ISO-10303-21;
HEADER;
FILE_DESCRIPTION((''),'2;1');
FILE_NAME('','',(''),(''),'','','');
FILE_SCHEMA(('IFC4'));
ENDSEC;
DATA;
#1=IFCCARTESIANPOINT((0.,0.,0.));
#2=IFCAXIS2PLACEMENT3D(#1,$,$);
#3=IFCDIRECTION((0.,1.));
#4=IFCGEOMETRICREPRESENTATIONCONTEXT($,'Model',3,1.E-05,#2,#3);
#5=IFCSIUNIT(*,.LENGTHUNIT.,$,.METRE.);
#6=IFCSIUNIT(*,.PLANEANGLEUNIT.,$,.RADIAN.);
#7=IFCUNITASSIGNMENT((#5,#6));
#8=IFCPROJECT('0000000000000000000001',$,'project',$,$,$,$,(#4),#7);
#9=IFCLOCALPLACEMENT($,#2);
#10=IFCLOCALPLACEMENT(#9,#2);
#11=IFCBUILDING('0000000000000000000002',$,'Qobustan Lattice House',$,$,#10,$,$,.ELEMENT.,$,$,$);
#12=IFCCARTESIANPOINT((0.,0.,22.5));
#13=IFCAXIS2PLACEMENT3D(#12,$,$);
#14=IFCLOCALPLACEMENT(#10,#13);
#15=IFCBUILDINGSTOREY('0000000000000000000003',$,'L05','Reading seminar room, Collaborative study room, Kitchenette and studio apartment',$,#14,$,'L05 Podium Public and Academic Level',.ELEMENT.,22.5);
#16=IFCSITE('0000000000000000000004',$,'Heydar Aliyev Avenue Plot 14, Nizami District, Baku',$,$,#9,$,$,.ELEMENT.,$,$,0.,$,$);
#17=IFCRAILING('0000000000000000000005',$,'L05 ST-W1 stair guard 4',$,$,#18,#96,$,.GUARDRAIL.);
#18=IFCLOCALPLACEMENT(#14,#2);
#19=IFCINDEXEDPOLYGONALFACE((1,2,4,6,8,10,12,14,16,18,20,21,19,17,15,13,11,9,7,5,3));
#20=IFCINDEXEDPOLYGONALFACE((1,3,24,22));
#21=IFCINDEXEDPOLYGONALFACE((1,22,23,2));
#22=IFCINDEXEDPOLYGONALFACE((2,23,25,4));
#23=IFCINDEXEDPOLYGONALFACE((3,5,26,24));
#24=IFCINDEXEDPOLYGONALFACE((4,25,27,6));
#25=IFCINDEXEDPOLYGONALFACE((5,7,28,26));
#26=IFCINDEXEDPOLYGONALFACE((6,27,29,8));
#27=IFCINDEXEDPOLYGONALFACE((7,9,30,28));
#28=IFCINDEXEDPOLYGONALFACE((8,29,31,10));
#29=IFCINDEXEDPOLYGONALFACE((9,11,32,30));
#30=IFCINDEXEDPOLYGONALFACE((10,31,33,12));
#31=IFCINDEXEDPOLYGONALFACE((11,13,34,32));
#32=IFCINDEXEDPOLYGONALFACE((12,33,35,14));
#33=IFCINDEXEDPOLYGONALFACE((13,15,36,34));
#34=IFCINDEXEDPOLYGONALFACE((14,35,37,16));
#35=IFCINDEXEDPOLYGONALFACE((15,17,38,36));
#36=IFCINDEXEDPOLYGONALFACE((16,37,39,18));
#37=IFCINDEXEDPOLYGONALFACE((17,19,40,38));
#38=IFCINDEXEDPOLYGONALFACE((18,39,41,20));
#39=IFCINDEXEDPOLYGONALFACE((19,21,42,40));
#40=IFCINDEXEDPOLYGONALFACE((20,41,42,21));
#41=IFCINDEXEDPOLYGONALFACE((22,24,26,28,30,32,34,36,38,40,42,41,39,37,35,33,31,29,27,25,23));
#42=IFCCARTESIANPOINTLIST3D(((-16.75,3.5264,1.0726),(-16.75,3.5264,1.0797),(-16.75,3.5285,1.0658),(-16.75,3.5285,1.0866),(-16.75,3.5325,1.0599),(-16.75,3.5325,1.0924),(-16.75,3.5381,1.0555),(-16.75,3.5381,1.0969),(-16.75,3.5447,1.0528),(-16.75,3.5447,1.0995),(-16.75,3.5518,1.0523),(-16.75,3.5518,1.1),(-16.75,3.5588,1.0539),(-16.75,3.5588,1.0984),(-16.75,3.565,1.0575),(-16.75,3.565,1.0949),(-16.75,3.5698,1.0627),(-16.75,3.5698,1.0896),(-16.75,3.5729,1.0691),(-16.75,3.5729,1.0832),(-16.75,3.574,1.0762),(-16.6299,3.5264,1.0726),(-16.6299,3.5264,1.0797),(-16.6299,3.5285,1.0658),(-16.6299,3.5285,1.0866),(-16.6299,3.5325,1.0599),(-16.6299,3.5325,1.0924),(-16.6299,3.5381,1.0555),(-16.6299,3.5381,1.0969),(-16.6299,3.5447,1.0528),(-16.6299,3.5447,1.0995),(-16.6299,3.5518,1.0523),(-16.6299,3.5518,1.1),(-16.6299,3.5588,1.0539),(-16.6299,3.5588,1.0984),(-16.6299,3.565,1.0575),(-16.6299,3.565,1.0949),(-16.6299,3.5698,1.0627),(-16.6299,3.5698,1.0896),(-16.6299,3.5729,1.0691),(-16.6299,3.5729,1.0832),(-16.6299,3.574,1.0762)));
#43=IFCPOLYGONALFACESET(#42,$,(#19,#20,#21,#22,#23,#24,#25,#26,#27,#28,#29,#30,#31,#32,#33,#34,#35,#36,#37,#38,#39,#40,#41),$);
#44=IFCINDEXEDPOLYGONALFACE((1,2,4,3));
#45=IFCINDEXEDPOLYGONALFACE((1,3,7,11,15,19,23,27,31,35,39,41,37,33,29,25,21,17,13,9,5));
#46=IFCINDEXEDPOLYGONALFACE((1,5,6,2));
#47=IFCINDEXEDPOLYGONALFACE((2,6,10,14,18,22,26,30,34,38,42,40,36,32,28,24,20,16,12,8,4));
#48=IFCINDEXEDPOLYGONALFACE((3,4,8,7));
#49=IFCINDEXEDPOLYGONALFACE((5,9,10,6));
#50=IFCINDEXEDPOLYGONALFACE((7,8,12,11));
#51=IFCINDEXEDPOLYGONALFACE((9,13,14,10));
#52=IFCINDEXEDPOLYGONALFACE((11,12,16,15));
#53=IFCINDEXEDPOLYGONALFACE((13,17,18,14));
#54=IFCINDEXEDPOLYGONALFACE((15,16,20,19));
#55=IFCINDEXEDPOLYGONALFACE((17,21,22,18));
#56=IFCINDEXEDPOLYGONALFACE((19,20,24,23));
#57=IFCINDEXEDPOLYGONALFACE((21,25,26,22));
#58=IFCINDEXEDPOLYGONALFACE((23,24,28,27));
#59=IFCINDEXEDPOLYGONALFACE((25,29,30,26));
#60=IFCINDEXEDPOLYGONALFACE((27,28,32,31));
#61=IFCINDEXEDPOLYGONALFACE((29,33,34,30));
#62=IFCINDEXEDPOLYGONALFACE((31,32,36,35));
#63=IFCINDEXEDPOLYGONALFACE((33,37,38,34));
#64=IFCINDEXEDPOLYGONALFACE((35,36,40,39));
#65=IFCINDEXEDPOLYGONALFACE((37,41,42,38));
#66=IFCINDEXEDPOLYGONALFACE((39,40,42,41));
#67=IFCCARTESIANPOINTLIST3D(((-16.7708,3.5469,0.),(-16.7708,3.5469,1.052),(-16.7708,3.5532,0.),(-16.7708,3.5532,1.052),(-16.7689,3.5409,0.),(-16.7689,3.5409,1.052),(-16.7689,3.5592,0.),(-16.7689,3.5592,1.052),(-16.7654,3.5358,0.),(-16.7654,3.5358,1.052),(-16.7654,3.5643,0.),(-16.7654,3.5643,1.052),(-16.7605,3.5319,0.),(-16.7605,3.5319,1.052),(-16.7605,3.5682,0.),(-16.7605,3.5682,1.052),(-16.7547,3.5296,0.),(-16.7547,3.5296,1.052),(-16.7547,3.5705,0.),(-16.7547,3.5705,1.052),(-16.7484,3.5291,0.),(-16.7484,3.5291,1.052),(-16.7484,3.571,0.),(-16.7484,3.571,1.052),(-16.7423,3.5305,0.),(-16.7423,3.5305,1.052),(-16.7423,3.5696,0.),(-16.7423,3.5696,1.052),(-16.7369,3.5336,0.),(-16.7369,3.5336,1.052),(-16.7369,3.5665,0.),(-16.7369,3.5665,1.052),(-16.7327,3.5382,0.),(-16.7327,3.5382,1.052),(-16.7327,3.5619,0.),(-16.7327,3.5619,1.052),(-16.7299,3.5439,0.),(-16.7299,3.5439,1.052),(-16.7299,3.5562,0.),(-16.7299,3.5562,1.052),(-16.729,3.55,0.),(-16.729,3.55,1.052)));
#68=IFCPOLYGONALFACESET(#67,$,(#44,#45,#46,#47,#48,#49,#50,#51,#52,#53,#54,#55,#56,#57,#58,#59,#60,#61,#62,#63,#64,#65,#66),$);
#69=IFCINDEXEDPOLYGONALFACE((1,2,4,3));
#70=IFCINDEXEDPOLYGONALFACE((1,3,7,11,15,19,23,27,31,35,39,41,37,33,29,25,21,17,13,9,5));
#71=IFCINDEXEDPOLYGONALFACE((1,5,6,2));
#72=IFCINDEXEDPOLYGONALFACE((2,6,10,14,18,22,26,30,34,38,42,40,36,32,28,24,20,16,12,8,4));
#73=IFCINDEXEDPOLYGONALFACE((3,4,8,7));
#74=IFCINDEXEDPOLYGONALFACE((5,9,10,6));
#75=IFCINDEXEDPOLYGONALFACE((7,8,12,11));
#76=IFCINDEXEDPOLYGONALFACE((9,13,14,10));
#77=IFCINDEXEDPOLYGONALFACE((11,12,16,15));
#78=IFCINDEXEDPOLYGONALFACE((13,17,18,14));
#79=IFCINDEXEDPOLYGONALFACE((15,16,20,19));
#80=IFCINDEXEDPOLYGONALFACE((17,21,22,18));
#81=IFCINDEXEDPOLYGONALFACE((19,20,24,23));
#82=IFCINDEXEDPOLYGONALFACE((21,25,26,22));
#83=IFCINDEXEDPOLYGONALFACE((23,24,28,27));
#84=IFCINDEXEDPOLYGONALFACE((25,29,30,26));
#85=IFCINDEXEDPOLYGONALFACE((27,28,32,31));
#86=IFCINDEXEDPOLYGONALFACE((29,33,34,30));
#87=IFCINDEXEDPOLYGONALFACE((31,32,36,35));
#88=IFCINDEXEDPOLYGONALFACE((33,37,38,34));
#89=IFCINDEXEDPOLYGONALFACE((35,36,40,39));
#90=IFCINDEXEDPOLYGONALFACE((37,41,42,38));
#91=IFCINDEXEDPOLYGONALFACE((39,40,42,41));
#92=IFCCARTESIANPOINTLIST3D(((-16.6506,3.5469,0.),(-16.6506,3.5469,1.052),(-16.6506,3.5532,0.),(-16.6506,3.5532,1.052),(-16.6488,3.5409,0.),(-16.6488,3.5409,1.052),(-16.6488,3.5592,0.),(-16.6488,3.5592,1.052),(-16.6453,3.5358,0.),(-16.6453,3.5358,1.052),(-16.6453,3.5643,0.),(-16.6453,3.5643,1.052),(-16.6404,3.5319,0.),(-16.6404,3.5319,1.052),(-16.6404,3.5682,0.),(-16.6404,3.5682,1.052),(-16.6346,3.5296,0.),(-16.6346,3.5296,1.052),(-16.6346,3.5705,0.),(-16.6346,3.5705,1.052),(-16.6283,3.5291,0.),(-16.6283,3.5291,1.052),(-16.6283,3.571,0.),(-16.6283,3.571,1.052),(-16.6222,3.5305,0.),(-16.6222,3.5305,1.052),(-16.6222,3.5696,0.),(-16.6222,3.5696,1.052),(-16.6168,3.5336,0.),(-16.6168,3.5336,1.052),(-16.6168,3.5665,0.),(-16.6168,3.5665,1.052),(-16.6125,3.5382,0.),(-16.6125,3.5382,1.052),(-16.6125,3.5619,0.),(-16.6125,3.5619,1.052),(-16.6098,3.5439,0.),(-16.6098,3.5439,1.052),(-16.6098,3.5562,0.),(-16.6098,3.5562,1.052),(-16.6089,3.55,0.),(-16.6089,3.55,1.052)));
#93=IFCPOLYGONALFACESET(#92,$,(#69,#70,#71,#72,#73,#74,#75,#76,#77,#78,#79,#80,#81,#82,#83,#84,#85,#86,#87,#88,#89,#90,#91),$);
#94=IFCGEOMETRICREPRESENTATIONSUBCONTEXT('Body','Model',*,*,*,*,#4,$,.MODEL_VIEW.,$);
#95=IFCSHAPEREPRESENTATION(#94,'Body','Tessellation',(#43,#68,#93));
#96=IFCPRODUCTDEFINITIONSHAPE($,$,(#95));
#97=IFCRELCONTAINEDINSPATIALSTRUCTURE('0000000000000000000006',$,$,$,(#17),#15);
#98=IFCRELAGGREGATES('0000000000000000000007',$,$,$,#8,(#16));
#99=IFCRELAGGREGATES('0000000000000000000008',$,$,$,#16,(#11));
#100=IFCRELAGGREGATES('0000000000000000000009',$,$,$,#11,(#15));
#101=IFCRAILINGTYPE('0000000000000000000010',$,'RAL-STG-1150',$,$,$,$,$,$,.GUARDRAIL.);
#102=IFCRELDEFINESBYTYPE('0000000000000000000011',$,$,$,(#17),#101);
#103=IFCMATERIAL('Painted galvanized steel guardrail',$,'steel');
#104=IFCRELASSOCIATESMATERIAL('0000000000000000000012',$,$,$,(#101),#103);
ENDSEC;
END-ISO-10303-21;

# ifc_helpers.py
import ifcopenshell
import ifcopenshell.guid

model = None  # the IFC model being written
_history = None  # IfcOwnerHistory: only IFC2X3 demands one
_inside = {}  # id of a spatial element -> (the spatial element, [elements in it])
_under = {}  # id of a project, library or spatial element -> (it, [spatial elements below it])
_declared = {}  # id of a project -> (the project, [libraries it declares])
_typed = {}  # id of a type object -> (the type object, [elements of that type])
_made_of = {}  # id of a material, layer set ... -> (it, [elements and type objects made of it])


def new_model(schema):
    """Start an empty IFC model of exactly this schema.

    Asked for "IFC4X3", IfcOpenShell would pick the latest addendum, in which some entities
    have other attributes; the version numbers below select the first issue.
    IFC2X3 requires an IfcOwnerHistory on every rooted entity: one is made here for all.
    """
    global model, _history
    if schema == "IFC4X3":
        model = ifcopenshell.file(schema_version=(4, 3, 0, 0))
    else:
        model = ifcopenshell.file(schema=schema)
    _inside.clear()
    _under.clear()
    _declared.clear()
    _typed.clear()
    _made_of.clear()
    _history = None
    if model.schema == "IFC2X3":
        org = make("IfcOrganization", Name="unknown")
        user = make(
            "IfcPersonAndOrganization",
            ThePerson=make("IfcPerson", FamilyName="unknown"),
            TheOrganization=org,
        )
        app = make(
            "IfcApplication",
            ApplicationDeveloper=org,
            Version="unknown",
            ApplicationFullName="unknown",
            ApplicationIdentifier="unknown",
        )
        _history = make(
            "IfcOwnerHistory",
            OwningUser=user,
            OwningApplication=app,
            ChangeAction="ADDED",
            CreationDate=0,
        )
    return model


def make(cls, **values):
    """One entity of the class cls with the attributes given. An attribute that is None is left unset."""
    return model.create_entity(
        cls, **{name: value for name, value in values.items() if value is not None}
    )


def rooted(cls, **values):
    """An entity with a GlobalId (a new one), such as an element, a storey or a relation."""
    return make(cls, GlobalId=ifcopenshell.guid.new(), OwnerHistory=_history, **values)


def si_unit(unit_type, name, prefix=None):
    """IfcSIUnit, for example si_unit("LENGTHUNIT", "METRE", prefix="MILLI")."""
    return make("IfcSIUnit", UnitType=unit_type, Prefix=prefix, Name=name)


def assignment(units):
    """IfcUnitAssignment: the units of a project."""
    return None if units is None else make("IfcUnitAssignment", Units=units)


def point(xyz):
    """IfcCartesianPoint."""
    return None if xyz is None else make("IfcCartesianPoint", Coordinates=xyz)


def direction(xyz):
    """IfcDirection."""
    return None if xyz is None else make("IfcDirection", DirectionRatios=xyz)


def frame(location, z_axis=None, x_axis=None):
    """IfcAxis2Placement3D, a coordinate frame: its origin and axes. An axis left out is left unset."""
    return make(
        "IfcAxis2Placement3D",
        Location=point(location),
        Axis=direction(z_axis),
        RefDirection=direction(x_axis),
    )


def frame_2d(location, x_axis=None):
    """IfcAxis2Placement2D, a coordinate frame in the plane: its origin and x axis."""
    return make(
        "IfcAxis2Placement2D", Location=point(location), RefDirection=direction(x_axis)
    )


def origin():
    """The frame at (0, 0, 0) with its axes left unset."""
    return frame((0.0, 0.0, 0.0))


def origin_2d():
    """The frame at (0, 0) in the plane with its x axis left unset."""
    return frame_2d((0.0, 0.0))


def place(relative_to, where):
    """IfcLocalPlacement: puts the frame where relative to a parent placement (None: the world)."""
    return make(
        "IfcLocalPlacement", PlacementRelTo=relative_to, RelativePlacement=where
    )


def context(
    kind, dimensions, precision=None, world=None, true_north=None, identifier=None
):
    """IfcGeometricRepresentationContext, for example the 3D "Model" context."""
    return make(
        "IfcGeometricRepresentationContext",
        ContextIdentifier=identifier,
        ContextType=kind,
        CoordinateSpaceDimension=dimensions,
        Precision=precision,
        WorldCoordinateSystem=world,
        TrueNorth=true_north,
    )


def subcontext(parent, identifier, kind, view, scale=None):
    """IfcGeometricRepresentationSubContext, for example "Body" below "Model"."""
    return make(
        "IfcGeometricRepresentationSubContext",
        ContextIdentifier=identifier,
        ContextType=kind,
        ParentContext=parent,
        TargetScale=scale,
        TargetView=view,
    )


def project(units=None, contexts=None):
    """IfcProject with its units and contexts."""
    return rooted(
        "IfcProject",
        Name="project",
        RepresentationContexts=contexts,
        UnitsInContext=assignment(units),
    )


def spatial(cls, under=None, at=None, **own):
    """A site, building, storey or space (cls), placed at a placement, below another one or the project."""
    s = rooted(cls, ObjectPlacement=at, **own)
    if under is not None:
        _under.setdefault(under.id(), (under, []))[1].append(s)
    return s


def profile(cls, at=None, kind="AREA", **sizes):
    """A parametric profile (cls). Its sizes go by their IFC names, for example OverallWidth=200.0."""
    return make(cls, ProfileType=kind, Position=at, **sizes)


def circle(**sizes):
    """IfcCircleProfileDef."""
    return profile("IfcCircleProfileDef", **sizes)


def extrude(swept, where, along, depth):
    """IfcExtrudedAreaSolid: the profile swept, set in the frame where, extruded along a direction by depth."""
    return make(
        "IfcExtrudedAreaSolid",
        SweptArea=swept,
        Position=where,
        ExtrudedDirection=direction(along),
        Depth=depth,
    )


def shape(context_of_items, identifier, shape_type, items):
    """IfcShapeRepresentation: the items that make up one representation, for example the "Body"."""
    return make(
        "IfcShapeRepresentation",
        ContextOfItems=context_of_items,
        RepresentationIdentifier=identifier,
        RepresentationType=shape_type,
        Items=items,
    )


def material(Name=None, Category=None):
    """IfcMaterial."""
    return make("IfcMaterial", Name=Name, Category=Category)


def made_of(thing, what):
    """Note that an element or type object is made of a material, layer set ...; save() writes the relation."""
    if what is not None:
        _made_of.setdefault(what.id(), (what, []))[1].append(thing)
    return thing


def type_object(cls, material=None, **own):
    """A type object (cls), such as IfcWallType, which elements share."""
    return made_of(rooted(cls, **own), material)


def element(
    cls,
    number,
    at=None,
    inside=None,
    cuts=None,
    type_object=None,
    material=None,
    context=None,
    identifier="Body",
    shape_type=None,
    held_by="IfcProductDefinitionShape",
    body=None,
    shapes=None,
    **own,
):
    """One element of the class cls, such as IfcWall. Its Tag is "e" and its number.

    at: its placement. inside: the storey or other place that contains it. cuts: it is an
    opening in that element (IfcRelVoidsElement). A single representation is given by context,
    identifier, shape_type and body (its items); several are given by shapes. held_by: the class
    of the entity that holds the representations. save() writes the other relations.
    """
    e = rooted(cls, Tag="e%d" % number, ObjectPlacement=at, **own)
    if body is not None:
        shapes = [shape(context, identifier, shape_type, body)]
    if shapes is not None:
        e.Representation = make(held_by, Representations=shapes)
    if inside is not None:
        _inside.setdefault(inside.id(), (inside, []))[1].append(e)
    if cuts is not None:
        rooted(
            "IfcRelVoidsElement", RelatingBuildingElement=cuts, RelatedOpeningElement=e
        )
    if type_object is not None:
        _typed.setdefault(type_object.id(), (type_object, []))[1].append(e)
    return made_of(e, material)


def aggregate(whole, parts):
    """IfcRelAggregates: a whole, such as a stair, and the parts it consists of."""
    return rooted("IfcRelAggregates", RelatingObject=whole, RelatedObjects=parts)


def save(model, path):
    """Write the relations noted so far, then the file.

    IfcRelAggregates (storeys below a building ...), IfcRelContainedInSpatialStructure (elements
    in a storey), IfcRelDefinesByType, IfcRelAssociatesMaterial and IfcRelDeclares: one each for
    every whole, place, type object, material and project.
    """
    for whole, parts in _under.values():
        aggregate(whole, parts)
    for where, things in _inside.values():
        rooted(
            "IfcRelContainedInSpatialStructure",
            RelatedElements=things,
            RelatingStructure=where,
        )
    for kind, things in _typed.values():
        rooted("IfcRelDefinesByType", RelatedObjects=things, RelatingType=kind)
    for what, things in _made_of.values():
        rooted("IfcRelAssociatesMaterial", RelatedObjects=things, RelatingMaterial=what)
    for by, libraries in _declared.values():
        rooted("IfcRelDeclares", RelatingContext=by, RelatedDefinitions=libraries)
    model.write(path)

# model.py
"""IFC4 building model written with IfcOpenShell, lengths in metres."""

from ifc_helpers import new_model, si_unit, direction, frame, origin, origin_2d, place, context, subcontext, project, spatial, circle, extrude, material, type_object, element, save


model = new_model("IFC4")

# Units and contexts
model_context = context("Model", 3, precision=1e-05, world=origin(), true_north=direction((0.0, 1.0)))
body_context = subcontext(model_context, "Body", "Model", "MODEL_VIEW")
ifc_project = project(units=[si_unit("LENGTHUNIT", "METRE"), si_unit("PLANEANGLEUNIT", "RADIAN")], contexts=[model_context])

# Site, building, storey
site_placement = place(None, origin())
site = spatial("IfcSite", under=ifc_project, at=site_placement, Name="Heydar Aliyev Avenue Plot 14, Nizami District, Baku", CompositionType="ELEMENT", RefElevation=0.0)
building_placement = place(site_placement, origin())
building = spatial("IfcBuilding", under=site, at=building_placement, Name="Qobustan Lattice House", CompositionType="ELEMENT")
storey_placement = place(building_placement, frame((0.0, 0.0, 22.5)))
storey = spatial("IfcBuildingStorey", under=building, at=storey_placement, Name="L05", Description="Reading seminar room, Collaborative study room, Kitchenette and studio apartment", LongName="L05 Podium Public and Academic Level", CompositionType="ELEMENT", Elevation=22.5)

# Railing
ifc_material_1 = material(Name="Painted galvanized steel guardrail", Category="steel")
railing_type_1 = type_object("IfcRailingType", Name="RAL-STG-1150", PredefinedType="GUARDRAIL", material=ifc_material_1)
railing_1_placement = place(storey_placement, frame((-16.75, 3.55, 0.0)))
element("IfcRailing", 1, at=railing_1_placement, inside=storey, type_object=railing_type_1, Name="L05 ST-W1 stair guard 4", PredefinedType="GUARDRAIL", context=body_context, shape_type="SweptSolid", body=[
    extrude(circle(Radius=0.0239, at=origin_2d()), frame((0.0, 0.0, 1.0762), z_axis=(1.0, 0.0, 0.0), x_axis=(0.0, 1.0, 0.0)), (0.0, 0.0, 1.0), 0.1201),
    extrude(circle(Radius=0.021, at=origin_2d()), origin(), (0.0, 0.0, 1.0), 1.052),
    extrude(circle(Radius=0.021, at=origin_2d()), frame((0.1201, 0.0, 0.0)), (0.0, 0.0, 1.0), 1.052),
])

save(model, "model.ifc")
